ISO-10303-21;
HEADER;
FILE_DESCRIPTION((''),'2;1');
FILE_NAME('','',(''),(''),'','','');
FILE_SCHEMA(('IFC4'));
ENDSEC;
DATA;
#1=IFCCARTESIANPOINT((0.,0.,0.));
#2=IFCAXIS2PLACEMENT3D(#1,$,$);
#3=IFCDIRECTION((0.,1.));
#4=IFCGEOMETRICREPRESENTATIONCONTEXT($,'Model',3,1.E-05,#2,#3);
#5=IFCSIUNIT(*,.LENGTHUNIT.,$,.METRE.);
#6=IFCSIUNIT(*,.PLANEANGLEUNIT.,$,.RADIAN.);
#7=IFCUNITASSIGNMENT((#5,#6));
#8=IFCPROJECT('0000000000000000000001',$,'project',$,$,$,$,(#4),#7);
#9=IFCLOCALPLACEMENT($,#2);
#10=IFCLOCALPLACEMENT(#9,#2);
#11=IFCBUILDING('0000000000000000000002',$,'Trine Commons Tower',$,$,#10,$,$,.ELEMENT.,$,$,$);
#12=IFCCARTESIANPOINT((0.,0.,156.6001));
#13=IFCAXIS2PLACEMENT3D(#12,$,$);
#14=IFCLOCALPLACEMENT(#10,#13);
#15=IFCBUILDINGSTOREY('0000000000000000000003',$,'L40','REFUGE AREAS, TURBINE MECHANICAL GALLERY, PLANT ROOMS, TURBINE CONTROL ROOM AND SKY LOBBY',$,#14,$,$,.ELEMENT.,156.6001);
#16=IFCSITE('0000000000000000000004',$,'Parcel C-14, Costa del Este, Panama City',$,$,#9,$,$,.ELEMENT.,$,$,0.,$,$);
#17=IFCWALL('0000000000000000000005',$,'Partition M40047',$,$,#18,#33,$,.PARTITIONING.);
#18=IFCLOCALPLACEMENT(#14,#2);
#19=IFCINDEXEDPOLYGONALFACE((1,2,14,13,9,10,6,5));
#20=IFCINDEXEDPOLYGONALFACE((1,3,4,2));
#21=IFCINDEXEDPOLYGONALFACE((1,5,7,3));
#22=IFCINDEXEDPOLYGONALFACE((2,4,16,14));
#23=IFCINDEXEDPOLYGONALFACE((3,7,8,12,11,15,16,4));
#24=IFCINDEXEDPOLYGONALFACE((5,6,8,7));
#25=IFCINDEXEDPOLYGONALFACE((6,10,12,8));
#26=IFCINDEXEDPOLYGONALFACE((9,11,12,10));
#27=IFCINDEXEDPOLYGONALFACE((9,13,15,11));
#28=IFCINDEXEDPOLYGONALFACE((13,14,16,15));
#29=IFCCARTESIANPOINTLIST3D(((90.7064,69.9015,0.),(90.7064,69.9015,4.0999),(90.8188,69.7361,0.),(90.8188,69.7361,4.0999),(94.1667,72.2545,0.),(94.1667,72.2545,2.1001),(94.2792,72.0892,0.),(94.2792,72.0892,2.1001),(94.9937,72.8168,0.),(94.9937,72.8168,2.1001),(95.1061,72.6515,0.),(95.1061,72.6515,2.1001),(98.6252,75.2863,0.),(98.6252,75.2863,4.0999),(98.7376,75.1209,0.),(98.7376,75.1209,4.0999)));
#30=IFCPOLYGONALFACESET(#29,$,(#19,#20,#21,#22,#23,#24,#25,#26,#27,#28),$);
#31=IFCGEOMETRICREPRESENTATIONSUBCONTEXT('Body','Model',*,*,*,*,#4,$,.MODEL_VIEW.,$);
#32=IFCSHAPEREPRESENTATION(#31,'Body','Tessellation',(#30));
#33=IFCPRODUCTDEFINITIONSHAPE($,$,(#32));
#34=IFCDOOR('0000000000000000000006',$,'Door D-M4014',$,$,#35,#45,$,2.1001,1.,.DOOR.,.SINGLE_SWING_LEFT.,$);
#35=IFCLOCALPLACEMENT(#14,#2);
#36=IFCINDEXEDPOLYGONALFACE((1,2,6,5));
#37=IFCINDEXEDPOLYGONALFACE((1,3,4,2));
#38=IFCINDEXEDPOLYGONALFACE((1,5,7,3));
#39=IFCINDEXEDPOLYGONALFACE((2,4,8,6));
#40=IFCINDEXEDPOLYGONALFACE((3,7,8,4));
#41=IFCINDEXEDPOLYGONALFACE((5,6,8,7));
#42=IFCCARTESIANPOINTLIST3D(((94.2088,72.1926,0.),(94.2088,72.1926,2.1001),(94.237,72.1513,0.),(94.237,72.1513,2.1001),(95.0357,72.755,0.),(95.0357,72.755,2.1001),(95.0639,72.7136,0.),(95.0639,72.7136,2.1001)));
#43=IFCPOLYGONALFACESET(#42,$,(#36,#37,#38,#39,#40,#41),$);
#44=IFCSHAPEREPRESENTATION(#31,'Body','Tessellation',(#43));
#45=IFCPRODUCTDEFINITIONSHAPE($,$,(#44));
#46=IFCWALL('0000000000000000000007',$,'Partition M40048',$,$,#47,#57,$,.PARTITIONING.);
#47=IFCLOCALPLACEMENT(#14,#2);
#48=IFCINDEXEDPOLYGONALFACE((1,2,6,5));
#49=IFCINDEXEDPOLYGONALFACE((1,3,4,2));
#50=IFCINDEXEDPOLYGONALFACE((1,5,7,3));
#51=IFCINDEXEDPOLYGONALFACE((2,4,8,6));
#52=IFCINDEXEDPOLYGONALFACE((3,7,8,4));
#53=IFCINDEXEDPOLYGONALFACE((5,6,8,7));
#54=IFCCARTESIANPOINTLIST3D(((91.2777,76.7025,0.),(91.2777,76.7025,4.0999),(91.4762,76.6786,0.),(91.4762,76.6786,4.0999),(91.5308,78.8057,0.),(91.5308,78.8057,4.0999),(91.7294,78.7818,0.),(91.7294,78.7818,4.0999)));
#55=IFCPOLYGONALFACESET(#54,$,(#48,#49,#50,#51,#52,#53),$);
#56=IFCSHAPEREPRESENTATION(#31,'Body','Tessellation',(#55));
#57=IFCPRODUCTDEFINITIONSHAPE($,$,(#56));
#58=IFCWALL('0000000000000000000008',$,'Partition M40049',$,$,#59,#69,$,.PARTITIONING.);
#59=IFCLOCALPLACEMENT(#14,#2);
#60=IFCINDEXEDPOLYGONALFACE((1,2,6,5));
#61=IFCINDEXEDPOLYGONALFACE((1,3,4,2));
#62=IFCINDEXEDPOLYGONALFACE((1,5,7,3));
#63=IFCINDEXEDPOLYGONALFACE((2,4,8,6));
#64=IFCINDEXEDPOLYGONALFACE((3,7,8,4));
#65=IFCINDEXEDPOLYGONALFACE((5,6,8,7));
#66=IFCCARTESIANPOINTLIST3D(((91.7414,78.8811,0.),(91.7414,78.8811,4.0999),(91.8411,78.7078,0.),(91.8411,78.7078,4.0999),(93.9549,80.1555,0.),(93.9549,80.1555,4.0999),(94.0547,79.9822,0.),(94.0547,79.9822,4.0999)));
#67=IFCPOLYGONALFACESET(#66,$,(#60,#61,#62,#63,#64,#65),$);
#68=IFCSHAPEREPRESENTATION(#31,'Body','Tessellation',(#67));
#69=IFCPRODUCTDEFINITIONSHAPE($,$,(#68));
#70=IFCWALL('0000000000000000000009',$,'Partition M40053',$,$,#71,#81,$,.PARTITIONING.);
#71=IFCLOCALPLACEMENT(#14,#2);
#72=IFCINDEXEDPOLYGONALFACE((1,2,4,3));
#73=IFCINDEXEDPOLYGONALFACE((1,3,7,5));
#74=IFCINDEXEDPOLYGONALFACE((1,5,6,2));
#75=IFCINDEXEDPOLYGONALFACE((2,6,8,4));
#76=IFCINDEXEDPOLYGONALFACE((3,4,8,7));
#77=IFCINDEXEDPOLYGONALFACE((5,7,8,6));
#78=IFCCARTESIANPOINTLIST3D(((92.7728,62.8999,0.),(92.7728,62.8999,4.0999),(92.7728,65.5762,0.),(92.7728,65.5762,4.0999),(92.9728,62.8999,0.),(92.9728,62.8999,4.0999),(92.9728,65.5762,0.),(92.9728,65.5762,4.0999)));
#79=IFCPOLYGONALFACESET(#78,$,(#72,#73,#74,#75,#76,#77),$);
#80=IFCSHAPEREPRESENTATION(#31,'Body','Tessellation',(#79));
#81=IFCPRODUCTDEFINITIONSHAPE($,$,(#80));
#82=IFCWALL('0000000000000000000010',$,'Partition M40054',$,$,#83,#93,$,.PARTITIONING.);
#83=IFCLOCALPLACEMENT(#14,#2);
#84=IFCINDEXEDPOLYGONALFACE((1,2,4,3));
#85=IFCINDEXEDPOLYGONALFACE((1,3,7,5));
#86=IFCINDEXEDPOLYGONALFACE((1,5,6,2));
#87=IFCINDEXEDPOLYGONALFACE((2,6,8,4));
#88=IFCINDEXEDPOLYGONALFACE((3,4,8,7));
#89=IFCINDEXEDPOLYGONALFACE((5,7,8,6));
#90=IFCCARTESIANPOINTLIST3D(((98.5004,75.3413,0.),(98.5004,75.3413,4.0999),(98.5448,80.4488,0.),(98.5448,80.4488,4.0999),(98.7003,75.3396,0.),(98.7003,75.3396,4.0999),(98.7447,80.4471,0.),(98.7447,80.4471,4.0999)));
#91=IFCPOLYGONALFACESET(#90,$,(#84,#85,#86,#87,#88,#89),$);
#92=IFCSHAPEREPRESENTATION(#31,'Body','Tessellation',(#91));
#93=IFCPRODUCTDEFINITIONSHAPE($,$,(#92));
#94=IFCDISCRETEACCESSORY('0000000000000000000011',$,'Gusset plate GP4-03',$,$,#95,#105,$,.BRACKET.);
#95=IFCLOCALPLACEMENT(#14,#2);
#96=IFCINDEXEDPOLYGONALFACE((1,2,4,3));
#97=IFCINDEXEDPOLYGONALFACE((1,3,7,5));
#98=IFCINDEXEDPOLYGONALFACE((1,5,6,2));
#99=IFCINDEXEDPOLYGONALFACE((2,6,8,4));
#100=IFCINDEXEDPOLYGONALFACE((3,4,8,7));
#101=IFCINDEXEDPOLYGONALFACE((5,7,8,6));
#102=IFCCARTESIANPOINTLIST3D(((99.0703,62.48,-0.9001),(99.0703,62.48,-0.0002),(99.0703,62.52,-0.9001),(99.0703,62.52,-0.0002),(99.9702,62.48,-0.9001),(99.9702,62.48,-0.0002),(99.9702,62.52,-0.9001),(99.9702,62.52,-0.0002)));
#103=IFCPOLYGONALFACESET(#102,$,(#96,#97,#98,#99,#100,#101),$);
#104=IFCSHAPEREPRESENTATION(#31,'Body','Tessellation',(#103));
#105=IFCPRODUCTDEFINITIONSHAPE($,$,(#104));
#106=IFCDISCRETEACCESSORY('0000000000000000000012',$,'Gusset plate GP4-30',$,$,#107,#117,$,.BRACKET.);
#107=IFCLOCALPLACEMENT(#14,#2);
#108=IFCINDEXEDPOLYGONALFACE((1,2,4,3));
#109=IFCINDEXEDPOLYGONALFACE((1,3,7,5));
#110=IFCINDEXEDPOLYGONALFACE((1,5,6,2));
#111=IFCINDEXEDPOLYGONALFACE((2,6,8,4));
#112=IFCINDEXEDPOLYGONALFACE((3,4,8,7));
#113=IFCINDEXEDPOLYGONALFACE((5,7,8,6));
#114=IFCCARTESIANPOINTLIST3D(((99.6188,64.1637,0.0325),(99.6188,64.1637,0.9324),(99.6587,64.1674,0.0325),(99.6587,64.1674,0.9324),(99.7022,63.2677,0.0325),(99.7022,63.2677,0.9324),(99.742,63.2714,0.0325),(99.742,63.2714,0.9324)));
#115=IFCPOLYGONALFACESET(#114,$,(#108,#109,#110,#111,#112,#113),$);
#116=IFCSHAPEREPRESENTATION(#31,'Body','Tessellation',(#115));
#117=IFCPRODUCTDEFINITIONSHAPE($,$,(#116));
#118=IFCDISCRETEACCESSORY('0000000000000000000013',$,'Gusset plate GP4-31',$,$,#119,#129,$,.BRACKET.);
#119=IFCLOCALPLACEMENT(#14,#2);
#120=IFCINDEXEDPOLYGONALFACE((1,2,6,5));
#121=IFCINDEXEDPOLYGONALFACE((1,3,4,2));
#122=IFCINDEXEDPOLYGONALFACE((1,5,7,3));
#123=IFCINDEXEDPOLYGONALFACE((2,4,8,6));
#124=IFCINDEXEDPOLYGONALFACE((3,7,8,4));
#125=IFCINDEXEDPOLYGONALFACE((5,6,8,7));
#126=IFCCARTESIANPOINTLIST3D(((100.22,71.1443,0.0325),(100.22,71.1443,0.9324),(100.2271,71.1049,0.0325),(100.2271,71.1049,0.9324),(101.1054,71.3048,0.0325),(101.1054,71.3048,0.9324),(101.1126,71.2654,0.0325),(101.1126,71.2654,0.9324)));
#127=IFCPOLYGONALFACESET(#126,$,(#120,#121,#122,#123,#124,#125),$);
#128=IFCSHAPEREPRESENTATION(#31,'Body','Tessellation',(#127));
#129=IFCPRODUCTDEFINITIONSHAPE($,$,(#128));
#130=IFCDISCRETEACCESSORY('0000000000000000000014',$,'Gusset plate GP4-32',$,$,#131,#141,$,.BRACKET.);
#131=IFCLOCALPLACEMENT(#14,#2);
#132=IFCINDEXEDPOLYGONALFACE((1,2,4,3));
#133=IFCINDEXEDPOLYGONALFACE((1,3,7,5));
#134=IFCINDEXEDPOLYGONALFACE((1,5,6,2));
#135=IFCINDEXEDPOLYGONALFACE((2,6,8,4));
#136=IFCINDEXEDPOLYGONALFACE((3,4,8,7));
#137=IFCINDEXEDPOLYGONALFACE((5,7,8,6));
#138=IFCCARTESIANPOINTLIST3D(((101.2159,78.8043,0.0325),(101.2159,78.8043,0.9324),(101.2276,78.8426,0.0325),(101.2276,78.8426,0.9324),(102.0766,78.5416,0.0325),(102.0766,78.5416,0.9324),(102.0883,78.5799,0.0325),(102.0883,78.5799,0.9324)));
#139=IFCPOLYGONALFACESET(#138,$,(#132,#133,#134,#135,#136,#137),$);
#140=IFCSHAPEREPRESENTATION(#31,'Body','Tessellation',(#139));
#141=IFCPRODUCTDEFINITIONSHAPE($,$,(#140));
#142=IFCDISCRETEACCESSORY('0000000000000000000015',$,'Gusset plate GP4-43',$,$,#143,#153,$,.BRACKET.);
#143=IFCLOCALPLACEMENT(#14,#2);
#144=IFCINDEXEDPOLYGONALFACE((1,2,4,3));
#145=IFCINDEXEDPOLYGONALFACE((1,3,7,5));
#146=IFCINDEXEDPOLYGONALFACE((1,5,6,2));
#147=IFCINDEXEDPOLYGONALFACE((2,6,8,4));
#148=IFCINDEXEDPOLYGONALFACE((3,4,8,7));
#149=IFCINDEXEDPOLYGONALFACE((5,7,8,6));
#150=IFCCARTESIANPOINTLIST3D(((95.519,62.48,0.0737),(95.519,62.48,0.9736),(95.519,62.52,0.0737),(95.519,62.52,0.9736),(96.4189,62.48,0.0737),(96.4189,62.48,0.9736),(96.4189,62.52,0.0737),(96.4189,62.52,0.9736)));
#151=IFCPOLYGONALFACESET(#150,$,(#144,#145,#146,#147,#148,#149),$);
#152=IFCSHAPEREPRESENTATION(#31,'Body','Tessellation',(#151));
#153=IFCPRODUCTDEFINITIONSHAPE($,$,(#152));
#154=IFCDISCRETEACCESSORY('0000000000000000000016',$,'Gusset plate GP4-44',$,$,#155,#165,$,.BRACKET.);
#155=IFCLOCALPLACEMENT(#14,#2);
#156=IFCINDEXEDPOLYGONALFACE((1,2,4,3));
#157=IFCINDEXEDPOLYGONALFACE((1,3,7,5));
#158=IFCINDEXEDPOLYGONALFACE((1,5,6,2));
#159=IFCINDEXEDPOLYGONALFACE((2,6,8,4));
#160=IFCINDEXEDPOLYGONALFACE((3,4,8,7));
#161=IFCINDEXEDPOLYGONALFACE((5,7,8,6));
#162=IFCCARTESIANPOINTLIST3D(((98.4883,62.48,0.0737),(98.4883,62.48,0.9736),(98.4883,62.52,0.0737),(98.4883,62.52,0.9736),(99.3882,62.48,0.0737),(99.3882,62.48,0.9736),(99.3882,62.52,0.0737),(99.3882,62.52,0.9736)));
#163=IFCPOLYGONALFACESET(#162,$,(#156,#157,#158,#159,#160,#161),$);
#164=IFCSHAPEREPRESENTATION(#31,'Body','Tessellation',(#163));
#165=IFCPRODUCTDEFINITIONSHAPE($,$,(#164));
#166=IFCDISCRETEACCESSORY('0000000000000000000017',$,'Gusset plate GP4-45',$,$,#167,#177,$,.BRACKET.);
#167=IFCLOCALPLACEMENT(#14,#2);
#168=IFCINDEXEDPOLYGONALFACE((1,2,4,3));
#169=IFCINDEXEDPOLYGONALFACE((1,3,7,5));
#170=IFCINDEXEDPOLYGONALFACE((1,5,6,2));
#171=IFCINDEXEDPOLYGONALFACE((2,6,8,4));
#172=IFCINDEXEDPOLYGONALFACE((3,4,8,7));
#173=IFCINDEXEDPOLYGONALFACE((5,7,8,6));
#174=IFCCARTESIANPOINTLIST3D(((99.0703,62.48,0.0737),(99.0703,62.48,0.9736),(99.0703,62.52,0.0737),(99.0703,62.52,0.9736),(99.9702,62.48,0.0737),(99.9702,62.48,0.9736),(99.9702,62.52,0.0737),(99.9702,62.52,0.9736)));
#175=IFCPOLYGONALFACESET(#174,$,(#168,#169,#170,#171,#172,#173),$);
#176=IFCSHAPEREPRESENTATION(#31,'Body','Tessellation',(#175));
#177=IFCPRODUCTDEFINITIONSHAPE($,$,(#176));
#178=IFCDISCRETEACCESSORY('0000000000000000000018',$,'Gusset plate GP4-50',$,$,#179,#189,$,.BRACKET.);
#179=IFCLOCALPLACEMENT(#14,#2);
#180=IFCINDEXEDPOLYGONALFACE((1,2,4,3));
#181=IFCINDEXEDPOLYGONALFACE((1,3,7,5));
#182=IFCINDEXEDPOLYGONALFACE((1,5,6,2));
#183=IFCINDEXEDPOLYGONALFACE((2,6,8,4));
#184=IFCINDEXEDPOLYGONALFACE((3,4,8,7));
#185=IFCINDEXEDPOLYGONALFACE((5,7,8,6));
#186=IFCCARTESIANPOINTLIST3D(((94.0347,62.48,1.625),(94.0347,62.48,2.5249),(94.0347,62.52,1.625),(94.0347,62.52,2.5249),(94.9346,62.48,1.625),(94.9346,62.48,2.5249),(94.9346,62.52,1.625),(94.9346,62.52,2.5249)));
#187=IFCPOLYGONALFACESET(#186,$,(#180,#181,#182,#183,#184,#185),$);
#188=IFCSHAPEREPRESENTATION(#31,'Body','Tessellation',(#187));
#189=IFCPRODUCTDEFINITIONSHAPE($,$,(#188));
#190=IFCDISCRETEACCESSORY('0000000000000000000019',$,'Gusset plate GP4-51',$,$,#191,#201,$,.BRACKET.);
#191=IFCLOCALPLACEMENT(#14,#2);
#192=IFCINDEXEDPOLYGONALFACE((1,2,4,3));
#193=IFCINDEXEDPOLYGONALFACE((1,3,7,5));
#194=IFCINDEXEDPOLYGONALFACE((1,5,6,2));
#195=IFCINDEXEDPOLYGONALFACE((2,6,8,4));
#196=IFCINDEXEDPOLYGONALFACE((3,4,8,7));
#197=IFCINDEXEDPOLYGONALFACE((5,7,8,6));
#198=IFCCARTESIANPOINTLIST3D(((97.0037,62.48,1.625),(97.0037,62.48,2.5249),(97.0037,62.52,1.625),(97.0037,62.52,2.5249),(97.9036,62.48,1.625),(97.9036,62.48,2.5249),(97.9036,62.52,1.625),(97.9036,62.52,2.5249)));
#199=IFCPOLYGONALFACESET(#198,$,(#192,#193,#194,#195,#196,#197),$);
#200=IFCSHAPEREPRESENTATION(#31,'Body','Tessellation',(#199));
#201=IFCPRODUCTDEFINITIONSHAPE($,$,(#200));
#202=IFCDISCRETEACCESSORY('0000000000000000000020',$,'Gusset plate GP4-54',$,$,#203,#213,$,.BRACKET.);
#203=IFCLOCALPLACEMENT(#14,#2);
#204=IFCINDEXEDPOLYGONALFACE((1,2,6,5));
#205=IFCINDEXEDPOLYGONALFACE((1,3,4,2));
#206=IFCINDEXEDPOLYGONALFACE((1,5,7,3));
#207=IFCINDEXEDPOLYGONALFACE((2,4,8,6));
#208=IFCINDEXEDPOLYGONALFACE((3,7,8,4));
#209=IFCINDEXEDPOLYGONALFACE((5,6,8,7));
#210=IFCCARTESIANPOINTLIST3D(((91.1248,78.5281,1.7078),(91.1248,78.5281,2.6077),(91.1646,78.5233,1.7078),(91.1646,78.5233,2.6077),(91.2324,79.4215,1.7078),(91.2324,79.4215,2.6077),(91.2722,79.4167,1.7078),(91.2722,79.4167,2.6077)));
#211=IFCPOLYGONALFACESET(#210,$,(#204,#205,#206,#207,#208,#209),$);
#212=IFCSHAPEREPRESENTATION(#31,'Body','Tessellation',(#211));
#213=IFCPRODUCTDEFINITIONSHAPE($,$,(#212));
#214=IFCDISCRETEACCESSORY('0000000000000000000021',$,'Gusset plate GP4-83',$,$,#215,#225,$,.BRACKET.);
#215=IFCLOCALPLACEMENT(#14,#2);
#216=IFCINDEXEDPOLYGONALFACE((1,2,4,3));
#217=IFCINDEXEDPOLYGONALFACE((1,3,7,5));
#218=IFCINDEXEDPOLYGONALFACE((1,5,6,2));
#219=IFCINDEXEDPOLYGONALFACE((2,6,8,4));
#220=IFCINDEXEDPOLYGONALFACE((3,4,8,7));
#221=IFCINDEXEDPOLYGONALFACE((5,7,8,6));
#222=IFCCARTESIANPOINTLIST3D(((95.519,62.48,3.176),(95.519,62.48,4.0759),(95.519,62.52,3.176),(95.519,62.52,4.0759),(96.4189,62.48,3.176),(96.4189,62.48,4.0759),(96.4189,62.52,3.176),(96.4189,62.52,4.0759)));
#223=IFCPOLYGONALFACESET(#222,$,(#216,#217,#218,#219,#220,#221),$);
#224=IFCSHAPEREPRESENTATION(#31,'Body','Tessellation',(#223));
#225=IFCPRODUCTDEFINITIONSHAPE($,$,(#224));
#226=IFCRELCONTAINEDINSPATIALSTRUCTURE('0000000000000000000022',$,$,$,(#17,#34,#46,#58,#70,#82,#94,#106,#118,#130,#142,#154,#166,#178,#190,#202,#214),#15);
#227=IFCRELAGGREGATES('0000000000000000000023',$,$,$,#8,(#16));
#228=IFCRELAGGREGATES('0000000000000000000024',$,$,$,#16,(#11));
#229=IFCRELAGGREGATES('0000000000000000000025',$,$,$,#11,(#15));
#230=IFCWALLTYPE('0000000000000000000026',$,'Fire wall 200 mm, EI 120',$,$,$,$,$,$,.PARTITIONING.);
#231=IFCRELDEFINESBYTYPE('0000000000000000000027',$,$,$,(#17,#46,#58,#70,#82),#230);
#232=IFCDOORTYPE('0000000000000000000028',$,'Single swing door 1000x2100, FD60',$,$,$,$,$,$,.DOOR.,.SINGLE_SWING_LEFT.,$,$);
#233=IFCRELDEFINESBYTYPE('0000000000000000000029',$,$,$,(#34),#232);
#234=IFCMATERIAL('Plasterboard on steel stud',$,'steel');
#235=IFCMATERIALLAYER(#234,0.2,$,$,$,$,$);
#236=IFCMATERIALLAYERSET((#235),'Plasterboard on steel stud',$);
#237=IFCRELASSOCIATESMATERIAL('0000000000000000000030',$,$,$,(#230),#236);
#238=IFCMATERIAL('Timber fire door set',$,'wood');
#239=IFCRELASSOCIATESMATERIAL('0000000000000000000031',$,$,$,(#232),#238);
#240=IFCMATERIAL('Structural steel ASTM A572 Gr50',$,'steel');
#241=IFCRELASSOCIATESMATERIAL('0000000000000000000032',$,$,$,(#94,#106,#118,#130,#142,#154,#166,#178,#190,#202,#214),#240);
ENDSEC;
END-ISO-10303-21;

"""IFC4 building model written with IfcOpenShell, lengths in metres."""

from ifc_helpers import new_model, si_unit, direction, frame, frame_2d, origin, origin_2d, place, context, subcontext, project, spatial, rectangle, extrude, material, layer, layer_set, type_object, element, fill, save


model = new_model("IFC4")

# Units and contexts
model_context = context("Model", 3, precision=1e-05, world=origin(), true_north=direction((0.0, 1.0)))
body_context = subcontext(model_context, "Body", "Model", "MODEL_VIEW")
ifc_project = project(units=[si_unit("LENGTHUNIT", "METRE"), si_unit("PLANEANGLEUNIT", "RADIAN")], contexts=[model_context])

# Site, building, storey
site_placement = place(None, origin())
site = spatial("IfcSite", under=ifc_project, at=site_placement, Name="Parcel C-14, Costa del Este, Panama City", CompositionType="ELEMENT", RefElevation=0.0)
building_placement = place(site_placement, origin())
building = spatial("IfcBuilding", under=site, at=building_placement, Name="Trine Commons Tower", CompositionType="ELEMENT")
storey_placement = place(building_placement, frame((0.0, 0.0, 156.6001)))
storey = spatial("IfcBuildingStorey", under=building, at=storey_placement, Name="L40", Description="REFUGE AREAS, TURBINE MECHANICAL GALLERY, PLANT ROOMS, TURBINE CONTROL ROOM AND SKY LOBBY", CompositionType="ELEMENT", Elevation=156.6001)

# Wall, opening, door
ifc_material_1 = material(Name="Plasterboard on steel stud", Category="steel")
ifc_layer = layer(ifc_material_1, 0.2)
ifc_layer_set = layer_set([ifc_layer], Name="Plasterboard on steel stud")
wall_type = type_object("IfcWallType", Name="Fire wall 200 mm, EI 120", PredefinedType="PARTITIONING", material=ifc_layer_set)
ifc_material_2 = material(Name="Timber fire door set", Category="wood")
wall_1_placement = place(storey_placement, frame((98.6814, 75.2036, 0.0), z_axis=(0.0, 0.0, 1.0), x_axis=(-0.826924, -0.562314, 0.0)))
wall_1 = element("IfcWall", 1, at=wall_1_placement, inside=storey, type_object=wall_type, Name="Partition M40047", PredefinedType="PARTITIONING", context=body_context, shape_type="SweptSolid", body=[
    extrude(rectangle(XDim=9.5762, YDim=0.2, at=frame_2d((4.7881, 0.0))), origin(), (0.0, 0.0, 1.0), 4.0999),
])
opening_1_placement = place(wall_1_placement, frame((4.3916, 0.0, 0.0)))
opening_1 = element("IfcOpeningElement", 2, at=opening_1_placement, cuts=wall_1, PredefinedType="OPENING", context=body_context, shape_type="SweptSolid", body=[
    extrude(rectangle(XDim=1.0, YDim=2.1001, at=frame_2d((0.5, 1.05))), frame((0.0, 0.1099, 0.0), z_axis=(0.0, -1.0, 0.0), x_axis=(1.0, 0.0, 0.0)), (0.0, 0.0, 1.0), 0.22),
])
door_type_1 = type_object("IfcDoorType", Name="Single swing door 1000x2100, FD60", OperationType="SINGLE_SWING_LEFT", PredefinedType="DOOR", material=ifc_material_2)
door_1_placement = place(opening_1_placement, origin())
door_1 = element("IfcDoor", 3, at=door_1_placement, inside=storey, type_object=door_type_1, Name="Door D-M4014", OperationType="SINGLE_SWING_LEFT", OverallHeight=2.1001, OverallWidth=1.0, PredefinedType="DOOR", context=body_context, shape_type="SweptSolid", body=[
    extrude(rectangle(XDim=1.0, YDim=2.1001, at=frame_2d((0.5, 1.05))), frame((0.0, 0.0249, 0.0), z_axis=(0.0, -1.0, 0.0), x_axis=(1.0, 0.0, 0.0)), (0.0, 0.0, 1.0), 0.05),
])
fill(opening_1, door_1)

# Walls
wall_2_placement = place(storey_placement, frame((91.377, 76.6907, 0.0), z_axis=(0.0, 0.0, 1.0), x_axis=(0.119509, 0.992833, 0.0)))
element("IfcWall", 4, at=wall_2_placement, inside=storey, type_object=wall_type, Name="Partition M40048", PredefinedType="PARTITIONING", context=body_context, shape_type="SweptSolid", body=[
    extrude(rectangle(XDim=2.1184, YDim=0.2, at=frame_2d((1.0591, 0.0))), origin(), (0.0, 0.0, 1.0), 4.0999),
])
wall_3_placement = place(storey_placement, frame((91.7913, 78.7944, 0.0), z_axis=(0.0, 0.0, 1.0), x_axis=(0.866639, 0.498936, 0.0)))
element("IfcWall", 5, at=wall_3_placement, inside=storey, type_object=wall_type, Name="Partition M40049", PredefinedType="PARTITIONING", context=body_context, shape_type="SweptSolid", body=[
    extrude(rectangle(XDim=2.5542, YDim=0.2, at=frame_2d((1.2771, 0.0))), origin(), (0.0, 0.0, 1.0), 4.0999),
])
wall_4_placement = place(storey_placement, frame((92.8728, 62.8999, 0.0), z_axis=(0.0, 0.0, 1.0), x_axis=(0.0, 1.0, 0.0)))
element("IfcWall", 6, at=wall_4_placement, inside=storey, type_object=wall_type, Name="Partition M40053", PredefinedType="PARTITIONING", context=body_context, shape_type="SweptSolid", body=[
    extrude(rectangle(XDim=2.6763, YDim=0.2, at=frame_2d((1.3381, 0.0))), origin(), (0.0, 0.0, 1.0), 4.0999),
])
wall_5_placement = place(storey_placement, frame((98.6003, 75.3406, 0.0), z_axis=(0.0, 0.0, 1.0), x_axis=(0.008699, 0.999962, 0.0)))
element("IfcWall", 7, at=wall_5_placement, inside=storey, type_object=wall_type, Name="Partition M40054", PredefinedType="PARTITIONING", context=body_context, shape_type="SweptSolid", body=[
    extrude(rectangle(XDim=5.1077, YDim=0.2, at=frame_2d((2.5537, 0.0))), origin(), (0.0, 0.0, 1.0), 4.0999),
])

# Discrete accessories
ifc_material_3 = material(Name="Structural steel ASTM A572 Gr50", Category="steel")
for number, where, z_axis, x_axis, name in (
    (8, (99.5203, 62.5, -0.9001), (0.0, 0.0, 1.0), (1.0, 0.0, 0.0), "Gusset plate GP4-03"),
    (9, (99.6804, 63.7175, 0.0325), (0.0, 0.0, 1.0), (-0.092666, 0.995697, 0.0), "Gusset plate GP4-30"),
    (10, (100.6663, 71.2048, 0.0325), (0.0, 0.0, 1.0), (-0.983969, -0.178339, 0.0), "Gusset plate GP4-31"),
    (11, (101.6521, 78.6921, 0.0325), (0.0, 0.0, 1.0), (-0.956437, 0.291938, 0.0), "Gusset plate GP4-32"),
    (12, (95.969, 62.5, 0.0737), (0.0, 0.0, 1.0), (1.0, 0.0, 0.0), "Gusset plate GP4-43"),
    (13, (98.9382, 62.5, 0.0737), (0.0, 0.0, 1.0), (1.0, 0.0, 0.0), "Gusset plate GP4-44"),
    (14, (99.5203, 62.5, 0.0737), (0.0, 0.0, 1.0), (1.0, 0.0, 0.0), "Gusset plate GP4-45"),
    (15, (94.4846, 62.5, 1.625), (0.0, 0.0, 1.0), (1.0, 0.0, 0.0), "Gusset plate GP4-50"),
    (16, (97.4536, 62.5, 1.625), (0.0, 0.0, 1.0), (1.0, 0.0, 0.0), "Gusset plate GP4-51"),
    (17, (91.1985, 78.9724, 1.7078), (0.0, 0.0, 1.0), (0.119565, 0.992826, 0.0), "Gusset plate GP4-54"),
    (18, (95.969, 62.5, 3.176), (0.0, 0.0, 1.0), (1.0, 0.0, 0.0), "Gusset plate GP4-83"),
):
    element("IfcDiscreteAccessory", number, at=place(storey_placement, frame(where, z_axis=z_axis, x_axis=x_axis)), inside=storey, material=ifc_material_3, Name=name, PredefinedType="BRACKET", context=body_context, shape_type="SweptSolid", body=[
        extrude(rectangle(XDim=0.8999, YDim=0.04, at=origin_2d()), origin(), (0.0, 0.0, 1.0), 0.8999),
    ])

save(model, "model.ifc")
